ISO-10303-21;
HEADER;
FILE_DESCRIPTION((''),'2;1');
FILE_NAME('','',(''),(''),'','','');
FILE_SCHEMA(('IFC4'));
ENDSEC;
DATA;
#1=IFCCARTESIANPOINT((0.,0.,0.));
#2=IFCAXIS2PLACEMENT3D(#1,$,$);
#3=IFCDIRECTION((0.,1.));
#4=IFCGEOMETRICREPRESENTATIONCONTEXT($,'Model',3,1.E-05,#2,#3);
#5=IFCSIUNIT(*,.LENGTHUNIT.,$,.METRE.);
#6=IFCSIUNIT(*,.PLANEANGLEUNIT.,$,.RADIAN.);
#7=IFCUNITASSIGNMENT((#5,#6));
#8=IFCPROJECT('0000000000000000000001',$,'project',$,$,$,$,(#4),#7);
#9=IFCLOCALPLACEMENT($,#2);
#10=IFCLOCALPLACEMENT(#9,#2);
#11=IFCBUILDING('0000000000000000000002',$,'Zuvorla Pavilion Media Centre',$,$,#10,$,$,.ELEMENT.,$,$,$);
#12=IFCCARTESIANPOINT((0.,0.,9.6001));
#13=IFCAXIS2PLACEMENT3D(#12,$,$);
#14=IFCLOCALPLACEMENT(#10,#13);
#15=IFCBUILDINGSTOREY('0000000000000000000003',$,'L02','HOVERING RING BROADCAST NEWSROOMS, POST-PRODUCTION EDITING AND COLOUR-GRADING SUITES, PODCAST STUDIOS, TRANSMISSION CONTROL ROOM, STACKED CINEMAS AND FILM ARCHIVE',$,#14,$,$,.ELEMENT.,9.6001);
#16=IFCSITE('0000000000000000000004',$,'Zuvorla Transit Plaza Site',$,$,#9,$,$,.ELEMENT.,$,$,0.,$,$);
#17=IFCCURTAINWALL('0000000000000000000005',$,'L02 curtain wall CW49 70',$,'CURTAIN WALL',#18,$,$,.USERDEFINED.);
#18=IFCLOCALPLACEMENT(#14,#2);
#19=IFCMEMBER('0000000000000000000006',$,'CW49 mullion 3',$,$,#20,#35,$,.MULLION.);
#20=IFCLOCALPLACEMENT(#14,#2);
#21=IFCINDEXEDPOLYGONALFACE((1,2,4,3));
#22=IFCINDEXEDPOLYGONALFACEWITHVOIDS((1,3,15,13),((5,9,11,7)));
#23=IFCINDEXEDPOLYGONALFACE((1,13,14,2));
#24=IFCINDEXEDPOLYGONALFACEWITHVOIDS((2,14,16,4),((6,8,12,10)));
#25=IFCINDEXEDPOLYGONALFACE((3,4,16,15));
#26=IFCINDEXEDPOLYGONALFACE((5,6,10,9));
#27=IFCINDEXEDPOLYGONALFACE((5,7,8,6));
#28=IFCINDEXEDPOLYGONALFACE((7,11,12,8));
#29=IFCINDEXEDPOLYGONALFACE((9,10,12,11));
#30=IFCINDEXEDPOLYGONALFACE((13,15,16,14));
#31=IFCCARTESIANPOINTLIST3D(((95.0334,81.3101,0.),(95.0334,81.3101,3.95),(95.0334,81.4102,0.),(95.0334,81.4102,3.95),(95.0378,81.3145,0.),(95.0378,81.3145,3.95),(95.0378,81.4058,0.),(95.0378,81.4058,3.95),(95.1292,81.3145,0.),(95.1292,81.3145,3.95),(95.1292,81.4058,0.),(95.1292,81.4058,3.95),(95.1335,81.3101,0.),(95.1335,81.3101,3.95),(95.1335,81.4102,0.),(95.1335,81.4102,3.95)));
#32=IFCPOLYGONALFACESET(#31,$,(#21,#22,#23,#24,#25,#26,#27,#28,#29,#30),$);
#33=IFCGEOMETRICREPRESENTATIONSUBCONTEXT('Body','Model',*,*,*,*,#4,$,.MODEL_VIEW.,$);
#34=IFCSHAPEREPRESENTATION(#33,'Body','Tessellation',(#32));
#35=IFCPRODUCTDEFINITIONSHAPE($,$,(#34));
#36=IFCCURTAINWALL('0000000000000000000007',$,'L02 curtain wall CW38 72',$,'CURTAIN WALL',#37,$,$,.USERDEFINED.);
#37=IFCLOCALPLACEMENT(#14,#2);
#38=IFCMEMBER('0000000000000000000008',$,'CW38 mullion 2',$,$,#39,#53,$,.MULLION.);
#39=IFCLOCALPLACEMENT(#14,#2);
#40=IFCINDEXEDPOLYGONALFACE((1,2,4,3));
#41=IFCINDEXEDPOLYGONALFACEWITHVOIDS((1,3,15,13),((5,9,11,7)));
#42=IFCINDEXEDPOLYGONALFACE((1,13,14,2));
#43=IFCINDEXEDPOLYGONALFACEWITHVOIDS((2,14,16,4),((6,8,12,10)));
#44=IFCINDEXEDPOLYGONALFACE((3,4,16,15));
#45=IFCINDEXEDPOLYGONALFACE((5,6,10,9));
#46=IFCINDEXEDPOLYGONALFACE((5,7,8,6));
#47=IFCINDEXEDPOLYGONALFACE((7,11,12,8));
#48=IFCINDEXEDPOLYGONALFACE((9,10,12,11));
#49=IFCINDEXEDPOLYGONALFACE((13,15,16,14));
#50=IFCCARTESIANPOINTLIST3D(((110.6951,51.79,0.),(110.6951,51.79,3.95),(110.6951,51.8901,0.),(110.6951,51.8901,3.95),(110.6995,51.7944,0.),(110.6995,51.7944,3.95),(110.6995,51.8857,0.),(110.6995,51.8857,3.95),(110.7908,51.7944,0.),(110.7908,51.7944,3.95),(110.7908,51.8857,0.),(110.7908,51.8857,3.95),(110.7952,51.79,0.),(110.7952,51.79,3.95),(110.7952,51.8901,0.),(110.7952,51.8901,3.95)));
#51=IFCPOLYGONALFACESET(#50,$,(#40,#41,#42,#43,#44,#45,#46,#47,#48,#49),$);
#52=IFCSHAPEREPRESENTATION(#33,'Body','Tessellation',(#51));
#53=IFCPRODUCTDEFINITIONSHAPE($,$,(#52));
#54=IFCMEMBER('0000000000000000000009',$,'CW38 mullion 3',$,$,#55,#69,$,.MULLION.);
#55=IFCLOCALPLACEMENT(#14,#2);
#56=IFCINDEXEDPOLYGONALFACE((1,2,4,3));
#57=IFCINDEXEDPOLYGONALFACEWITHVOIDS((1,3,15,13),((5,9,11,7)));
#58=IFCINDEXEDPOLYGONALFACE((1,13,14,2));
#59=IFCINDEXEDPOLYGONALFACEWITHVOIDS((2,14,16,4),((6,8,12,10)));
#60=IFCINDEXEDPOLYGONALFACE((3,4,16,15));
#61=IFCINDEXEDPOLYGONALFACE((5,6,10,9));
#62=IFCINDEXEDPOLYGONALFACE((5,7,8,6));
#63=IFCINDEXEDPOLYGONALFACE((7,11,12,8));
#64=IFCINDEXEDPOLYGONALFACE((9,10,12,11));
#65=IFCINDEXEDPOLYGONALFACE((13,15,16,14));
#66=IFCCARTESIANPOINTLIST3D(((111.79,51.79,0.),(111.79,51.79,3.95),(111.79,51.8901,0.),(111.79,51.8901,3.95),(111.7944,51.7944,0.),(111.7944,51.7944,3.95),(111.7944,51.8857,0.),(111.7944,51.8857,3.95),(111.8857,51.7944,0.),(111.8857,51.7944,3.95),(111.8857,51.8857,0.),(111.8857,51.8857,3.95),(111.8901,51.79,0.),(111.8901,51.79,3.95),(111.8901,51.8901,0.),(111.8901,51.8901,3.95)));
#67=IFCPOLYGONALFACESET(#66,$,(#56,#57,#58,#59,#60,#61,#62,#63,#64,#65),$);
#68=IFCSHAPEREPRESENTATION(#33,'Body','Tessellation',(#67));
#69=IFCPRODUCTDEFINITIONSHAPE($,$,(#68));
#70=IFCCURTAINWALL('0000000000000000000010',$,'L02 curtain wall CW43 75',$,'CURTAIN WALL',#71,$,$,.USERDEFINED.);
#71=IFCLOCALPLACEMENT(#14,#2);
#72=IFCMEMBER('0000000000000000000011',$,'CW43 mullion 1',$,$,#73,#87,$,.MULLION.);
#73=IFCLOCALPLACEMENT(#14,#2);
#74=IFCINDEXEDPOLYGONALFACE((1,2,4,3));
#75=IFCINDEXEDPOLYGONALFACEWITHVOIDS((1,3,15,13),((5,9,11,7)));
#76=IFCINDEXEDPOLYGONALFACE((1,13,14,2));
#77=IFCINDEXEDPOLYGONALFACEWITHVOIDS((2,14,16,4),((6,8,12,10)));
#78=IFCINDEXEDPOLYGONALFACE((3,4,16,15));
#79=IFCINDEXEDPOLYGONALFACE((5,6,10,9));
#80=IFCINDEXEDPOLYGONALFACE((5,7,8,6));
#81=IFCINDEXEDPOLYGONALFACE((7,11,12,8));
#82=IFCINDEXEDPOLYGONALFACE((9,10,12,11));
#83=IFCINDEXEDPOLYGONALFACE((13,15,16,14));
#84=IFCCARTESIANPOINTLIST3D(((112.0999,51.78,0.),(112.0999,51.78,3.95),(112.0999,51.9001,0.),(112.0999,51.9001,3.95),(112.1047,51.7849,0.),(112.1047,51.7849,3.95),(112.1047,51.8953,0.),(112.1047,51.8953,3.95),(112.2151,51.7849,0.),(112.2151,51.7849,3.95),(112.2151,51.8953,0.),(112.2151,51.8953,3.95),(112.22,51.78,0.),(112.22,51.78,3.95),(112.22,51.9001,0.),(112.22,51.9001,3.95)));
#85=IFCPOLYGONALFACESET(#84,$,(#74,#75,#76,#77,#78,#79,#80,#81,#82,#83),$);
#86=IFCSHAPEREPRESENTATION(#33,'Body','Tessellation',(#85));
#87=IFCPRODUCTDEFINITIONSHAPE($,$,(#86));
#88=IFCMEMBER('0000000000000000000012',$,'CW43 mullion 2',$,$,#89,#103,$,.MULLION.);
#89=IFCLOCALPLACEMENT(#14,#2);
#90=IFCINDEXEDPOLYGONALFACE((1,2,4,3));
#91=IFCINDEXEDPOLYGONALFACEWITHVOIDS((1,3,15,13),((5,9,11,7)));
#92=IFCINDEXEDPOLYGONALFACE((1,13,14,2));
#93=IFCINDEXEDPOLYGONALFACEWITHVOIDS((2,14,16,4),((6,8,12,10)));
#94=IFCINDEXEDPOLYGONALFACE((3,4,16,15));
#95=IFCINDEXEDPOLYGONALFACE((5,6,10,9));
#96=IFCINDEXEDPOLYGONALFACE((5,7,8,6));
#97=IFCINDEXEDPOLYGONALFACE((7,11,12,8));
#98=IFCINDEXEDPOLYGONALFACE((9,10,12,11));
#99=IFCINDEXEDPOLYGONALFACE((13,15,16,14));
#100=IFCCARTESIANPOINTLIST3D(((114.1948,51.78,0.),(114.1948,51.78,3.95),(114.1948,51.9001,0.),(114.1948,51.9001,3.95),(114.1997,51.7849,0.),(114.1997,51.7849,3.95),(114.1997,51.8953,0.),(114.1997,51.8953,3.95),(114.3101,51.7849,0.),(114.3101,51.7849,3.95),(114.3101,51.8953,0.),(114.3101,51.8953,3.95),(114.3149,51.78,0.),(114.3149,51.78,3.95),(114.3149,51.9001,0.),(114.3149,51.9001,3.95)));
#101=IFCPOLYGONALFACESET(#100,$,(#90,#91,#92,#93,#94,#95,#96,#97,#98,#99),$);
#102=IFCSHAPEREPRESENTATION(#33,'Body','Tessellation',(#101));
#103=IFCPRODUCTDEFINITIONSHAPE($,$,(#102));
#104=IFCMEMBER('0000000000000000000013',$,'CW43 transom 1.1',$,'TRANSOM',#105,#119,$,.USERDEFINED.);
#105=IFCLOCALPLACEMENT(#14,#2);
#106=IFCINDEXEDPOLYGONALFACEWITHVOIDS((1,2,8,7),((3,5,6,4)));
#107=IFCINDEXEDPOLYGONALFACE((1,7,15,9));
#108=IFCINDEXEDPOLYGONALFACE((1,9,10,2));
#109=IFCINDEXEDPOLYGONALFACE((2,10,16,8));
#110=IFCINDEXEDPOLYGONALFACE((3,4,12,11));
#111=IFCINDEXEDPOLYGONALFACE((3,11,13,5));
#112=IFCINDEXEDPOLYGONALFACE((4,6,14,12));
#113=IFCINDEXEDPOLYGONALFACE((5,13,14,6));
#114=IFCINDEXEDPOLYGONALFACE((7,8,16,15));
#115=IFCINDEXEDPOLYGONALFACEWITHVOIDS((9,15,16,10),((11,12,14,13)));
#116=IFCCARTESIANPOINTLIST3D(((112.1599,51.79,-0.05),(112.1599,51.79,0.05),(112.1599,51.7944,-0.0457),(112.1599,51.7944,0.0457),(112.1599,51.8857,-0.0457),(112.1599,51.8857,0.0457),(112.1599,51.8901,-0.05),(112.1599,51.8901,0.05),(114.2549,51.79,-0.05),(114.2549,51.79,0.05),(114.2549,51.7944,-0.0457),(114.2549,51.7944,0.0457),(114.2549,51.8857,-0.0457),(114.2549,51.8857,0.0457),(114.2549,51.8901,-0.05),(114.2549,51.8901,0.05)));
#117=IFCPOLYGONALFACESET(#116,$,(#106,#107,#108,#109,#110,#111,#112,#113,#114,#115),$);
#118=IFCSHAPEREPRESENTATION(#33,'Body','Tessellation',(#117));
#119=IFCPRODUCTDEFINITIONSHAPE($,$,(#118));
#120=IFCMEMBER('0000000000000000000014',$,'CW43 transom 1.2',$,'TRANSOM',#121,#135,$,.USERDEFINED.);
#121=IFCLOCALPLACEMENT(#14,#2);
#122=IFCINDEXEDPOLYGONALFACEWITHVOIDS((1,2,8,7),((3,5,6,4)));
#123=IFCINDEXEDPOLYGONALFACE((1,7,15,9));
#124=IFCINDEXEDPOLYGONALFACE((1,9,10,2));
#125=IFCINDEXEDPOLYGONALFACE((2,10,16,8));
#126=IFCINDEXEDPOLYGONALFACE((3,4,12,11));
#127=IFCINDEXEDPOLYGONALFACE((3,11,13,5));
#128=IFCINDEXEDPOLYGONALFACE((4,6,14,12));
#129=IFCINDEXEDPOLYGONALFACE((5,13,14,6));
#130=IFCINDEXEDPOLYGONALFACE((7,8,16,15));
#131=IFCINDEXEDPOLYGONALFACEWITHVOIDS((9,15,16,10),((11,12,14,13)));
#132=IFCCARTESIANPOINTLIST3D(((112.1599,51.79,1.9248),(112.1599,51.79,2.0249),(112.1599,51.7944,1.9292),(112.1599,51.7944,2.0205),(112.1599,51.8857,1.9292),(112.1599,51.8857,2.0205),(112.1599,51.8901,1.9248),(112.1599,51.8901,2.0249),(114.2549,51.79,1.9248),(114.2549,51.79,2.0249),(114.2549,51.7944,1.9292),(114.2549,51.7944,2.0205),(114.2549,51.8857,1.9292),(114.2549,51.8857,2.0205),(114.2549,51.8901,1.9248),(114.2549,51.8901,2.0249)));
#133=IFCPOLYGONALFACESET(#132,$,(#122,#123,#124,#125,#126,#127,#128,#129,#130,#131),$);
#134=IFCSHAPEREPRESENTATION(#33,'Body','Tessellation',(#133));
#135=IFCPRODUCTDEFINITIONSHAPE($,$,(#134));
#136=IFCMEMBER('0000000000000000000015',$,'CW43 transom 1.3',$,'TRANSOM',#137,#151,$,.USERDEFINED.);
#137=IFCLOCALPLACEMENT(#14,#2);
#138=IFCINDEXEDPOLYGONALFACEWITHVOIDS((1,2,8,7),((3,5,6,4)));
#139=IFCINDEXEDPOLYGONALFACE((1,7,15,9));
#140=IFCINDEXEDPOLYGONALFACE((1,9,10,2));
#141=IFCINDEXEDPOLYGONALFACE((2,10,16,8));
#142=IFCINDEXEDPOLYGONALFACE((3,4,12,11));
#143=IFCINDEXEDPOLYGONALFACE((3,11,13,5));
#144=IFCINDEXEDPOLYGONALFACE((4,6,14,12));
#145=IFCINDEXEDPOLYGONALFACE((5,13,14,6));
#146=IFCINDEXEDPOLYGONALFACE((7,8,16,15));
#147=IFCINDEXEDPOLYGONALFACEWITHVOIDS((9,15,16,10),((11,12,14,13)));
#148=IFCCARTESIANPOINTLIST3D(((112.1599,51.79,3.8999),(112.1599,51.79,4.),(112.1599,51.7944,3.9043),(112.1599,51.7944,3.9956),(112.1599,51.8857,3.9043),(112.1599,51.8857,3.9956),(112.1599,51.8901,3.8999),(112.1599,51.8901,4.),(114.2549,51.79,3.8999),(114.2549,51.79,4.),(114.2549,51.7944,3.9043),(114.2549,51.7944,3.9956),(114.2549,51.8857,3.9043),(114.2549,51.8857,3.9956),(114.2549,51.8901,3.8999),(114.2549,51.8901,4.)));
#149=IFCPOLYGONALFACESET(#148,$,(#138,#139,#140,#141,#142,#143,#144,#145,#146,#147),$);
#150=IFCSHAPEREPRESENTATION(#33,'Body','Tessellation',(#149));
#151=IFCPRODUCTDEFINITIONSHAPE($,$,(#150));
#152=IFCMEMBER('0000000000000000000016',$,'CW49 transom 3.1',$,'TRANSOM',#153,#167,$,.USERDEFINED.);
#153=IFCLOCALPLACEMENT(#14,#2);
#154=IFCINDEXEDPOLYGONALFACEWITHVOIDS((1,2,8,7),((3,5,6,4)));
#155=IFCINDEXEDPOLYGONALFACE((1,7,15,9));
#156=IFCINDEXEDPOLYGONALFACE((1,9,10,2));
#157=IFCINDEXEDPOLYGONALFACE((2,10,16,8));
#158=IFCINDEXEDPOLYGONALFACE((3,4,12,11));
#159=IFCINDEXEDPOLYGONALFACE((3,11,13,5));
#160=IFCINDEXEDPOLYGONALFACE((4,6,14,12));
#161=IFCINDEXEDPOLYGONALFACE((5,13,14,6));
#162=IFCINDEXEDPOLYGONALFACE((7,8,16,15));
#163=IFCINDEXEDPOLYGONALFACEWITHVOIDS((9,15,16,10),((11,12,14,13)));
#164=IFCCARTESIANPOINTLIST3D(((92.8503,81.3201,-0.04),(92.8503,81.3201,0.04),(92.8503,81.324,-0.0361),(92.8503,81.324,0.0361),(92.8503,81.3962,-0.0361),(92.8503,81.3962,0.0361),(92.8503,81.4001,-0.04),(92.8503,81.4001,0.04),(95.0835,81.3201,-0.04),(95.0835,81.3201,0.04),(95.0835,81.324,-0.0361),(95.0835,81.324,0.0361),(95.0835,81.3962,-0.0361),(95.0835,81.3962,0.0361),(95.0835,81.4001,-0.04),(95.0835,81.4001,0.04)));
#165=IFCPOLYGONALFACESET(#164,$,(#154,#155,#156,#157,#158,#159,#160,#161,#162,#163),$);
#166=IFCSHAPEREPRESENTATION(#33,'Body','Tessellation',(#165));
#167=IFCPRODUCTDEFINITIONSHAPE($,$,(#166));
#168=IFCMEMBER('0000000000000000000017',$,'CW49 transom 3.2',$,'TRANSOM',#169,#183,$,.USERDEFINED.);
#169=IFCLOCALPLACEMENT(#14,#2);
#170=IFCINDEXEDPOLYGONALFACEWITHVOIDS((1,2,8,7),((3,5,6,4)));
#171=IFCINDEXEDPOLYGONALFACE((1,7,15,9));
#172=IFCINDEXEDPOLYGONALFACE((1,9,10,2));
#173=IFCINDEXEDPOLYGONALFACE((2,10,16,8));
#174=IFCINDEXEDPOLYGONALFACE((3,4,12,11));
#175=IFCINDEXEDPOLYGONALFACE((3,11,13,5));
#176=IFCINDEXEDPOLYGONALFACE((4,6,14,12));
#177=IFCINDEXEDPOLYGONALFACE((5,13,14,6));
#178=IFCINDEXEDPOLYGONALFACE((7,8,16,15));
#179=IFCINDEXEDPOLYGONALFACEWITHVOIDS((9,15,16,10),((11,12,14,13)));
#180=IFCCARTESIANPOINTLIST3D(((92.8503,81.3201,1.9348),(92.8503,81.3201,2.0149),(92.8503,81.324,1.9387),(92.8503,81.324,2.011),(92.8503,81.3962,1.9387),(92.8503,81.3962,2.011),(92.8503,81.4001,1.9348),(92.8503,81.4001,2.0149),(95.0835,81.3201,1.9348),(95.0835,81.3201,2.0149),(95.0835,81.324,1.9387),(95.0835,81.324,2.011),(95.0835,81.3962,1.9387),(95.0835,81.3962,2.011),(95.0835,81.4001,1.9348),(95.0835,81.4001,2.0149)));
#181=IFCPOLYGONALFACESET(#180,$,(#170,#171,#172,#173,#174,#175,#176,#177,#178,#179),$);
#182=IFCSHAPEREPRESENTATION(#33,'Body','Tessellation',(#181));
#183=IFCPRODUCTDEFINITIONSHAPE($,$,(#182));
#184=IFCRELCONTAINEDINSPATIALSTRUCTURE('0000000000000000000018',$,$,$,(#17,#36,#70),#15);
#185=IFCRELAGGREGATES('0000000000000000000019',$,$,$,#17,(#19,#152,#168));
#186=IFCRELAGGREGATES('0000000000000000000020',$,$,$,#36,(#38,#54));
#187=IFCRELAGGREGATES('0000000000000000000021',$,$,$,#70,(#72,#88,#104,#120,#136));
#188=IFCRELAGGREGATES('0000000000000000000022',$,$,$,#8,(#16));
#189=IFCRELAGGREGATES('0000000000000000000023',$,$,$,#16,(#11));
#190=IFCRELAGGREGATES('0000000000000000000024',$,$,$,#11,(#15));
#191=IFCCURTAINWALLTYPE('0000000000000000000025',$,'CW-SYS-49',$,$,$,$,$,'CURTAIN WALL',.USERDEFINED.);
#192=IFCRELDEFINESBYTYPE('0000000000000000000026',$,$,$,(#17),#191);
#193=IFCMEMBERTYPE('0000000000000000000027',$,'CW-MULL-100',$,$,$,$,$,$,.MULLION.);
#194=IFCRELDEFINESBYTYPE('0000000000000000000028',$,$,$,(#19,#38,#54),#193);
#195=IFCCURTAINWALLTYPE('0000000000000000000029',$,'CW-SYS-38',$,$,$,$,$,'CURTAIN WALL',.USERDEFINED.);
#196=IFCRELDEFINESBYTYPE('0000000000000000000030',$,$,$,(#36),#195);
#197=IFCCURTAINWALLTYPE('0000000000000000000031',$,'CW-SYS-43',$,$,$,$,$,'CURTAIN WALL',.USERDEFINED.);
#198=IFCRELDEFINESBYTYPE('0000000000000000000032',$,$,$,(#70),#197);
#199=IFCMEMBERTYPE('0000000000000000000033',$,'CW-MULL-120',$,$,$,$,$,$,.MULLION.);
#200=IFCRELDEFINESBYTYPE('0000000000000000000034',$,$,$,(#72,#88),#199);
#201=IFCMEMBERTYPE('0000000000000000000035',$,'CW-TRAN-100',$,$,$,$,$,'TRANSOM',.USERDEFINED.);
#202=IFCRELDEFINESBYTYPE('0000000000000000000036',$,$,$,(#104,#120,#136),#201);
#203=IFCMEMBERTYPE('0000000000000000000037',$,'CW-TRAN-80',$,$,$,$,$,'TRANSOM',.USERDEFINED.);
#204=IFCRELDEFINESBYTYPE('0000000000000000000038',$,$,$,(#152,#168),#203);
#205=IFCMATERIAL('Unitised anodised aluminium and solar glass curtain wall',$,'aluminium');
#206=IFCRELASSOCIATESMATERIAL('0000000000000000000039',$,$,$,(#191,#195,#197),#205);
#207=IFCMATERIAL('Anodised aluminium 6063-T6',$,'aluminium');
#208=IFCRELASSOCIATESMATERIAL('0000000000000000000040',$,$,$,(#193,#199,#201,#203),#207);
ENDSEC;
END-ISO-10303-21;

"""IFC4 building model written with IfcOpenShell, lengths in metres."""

from ifc_helpers import new_model, si_unit, direction, frame, origin, origin_2d, place, context, subcontext, project, spatial, hollow_rectangle, extrude, material, material_profile, profile_set, type_object, element, aggregate, save


model = new_model("IFC4")

# Units and contexts
model_context = context("Model", 3, precision=1e-05, world=origin(), true_north=direction((0.0, 1.0)))
body_context = subcontext(model_context, "Body", "Model", "MODEL_VIEW")
ifc_project = project(units=[si_unit("LENGTHUNIT", "METRE"), si_unit("PLANEANGLEUNIT", "RADIAN")], contexts=[model_context])

# Site, building, storey
site_placement = place(None, origin())
site = spatial("IfcSite", under=ifc_project, at=site_placement, Name="Zuvorla Transit Plaza Site", CompositionType="ELEMENT", RefElevation=0.0)
building_placement = place(site_placement, origin())
building = spatial("IfcBuilding", under=site, at=building_placement, Name="Zuvorla Pavilion Media Centre", CompositionType="ELEMENT")
storey_placement = place(building_placement, frame((0.0, 0.0, 9.6001)))
storey = spatial("IfcBuildingStorey", under=building, at=storey_placement, Name="L02", Description="HOVERING RING BROADCAST NEWSROOMS, POST-PRODUCTION EDITING AND COLOUR-GRADING SUITES, PODCAST STUDIOS, TRANSMISSION CONTROL ROOM, STACKED CINEMAS AND FILM ARCHIVE", CompositionType="ELEMENT", Elevation=9.6001)

# Curtain wall, member
ifc_material_1 = material(Name="Unitised anodised aluminium and solar glass curtain wall", Category="aluminium")
curtain_wall_type_1 = type_object("IfcCurtainWallType", Name="CW-SYS-49", ElementType="CURTAIN WALL", PredefinedType="USERDEFINED", material=ifc_material_1)
curtain_wall_1_placement = place(storey_placement, origin())
curtain_wall_1 = element("IfcCurtainWall", 1, at=curtain_wall_1_placement, inside=storey, type_object=curtain_wall_type_1, Name="L02 curtain wall CW49 70", ObjectType="CURTAIN WALL", PredefinedType="USERDEFINED")
ifc_material_2 = material(Name="Anodised aluminium 6063-T6", Category="aluminium")
ifc_material_profile_1 = material_profile(ifc_material_2, hollow_rectangle(XDim=0.1001, YDim=0.1001, WallThickness=0.0044, at=origin_2d()), Name="ALU MULL 100x100")
ifc_profile_set_1 = profile_set([ifc_material_profile_1], Name="Anodised aluminium 6063-T6")
member_type_1 = type_object("IfcMemberType", Name="CW-MULL-100", PredefinedType="MULLION", material=ifc_profile_set_1)
member_1_placement = place(storey_placement, frame((95.0835, 81.3601, 0.0), z_axis=(0.0, 0.0, 1.0), x_axis=(1.0, 0.0, 0.0)))
member_1 = element("IfcMember", 2, at=member_1_placement, type_object=member_type_1, Name="CW49 mullion 3", PredefinedType="MULLION", context=body_context, shape_type="SweptSolid", body=[
    extrude(hollow_rectangle(XDim=0.1001, YDim=0.1001, WallThickness=0.0044, at=origin_2d()), origin(), (0.0, 0.0, 1.0), 3.95),
])

# Curtain walls, members
curtain_wall_type_2 = type_object("IfcCurtainWallType", Name="CW-SYS-38", ElementType="CURTAIN WALL", PredefinedType="USERDEFINED", material=ifc_material_1)
curtain_wall_2_placement = place(storey_placement, origin())
curtain_wall_2 = element("IfcCurtainWall", 3, at=curtain_wall_2_placement, inside=storey, type_object=curtain_wall_type_2, Name="L02 curtain wall CW38 72", ObjectType="CURTAIN WALL", PredefinedType="USERDEFINED")
member_2_placement = place(storey_placement, frame((110.7451, 51.8401, 0.0), z_axis=(0.0, 0.0, 1.0), x_axis=(1.0, 0.0, 0.0)))
member_2 = element("IfcMember", 4, at=member_2_placement, type_object=member_type_1, Name="CW38 mullion 2", PredefinedType="MULLION", context=body_context, shape_type="SweptSolid", body=[
    extrude(hollow_rectangle(XDim=0.1001, YDim=0.1001, WallThickness=0.0044, at=origin_2d()), origin(), (0.0, 0.0, 1.0), 3.95),
])
member_3_placement = place(storey_placement, frame((111.8401, 51.8401, 0.0), z_axis=(0.0, 0.0, 1.0), x_axis=(1.0, 0.0, 0.0)))
member_3 = element("IfcMember", 5, at=member_3_placement, type_object=member_type_1, Name="CW38 mullion 3", PredefinedType="MULLION", context=body_context, shape_type="SweptSolid", body=[
    extrude(hollow_rectangle(XDim=0.1001, YDim=0.1001, WallThickness=0.0044, at=origin_2d()), origin(), (0.0, 0.0, 1.0), 3.95),
])
curtain_wall_type_3 = type_object("IfcCurtainWallType", Name="CW-SYS-43", ElementType="CURTAIN WALL", PredefinedType="USERDEFINED", material=ifc_material_1)
curtain_wall_3_placement = place(storey_placement, origin())
curtain_wall_3 = element("IfcCurtainWall", 6, at=curtain_wall_3_placement, inside=storey, type_object=curtain_wall_type_3, Name="L02 curtain wall CW43 75", ObjectType="CURTAIN WALL", PredefinedType="USERDEFINED")
ifc_material_profile_2 = material_profile(ifc_material_2, hollow_rectangle(XDim=0.1201, YDim=0.1201, WallThickness=0.0049, at=origin_2d()), Name="ALU MULL 120x120")
ifc_profile_set_2 = profile_set([ifc_material_profile_2], Name="Anodised aluminium 6063-T6")
member_type_2 = type_object("IfcMemberType", Name="CW-MULL-120", PredefinedType="MULLION", material=ifc_profile_set_2)
member_4_placement = place(storey_placement, frame((112.1599, 51.8401, 0.0), z_axis=(0.0, 0.0, 1.0), x_axis=(1.0, 0.0, 0.0)))
member_4 = element("IfcMember", 7, at=member_4_placement, type_object=member_type_2, Name="CW43 mullion 1", PredefinedType="MULLION", context=body_context, shape_type="SweptSolid", body=[
    extrude(hollow_rectangle(XDim=0.1201, YDim=0.1201, WallThickness=0.0049, at=origin_2d()), origin(), (0.0, 0.0, 1.0), 3.95),
])
member_5_placement = place(storey_placement, frame((114.2549, 51.8401, 0.0), z_axis=(0.0, 0.0, 1.0), x_axis=(1.0, 0.0, 0.0)))
member_5 = element("IfcMember", 8, at=member_5_placement, type_object=member_type_2, Name="CW43 mullion 2", PredefinedType="MULLION", context=body_context, shape_type="SweptSolid", body=[
    extrude(hollow_rectangle(XDim=0.1201, YDim=0.1201, WallThickness=0.0049, at=origin_2d()), origin(), (0.0, 0.0, 1.0), 3.95),
])
ifc_material_profile_3 = material_profile(ifc_material_2, hollow_rectangle(XDim=0.1001, YDim=0.1001, WallThickness=0.0044, at=origin_2d()), Name="ALU TRAN 100x100")
ifc_profile_set_3 = profile_set([ifc_material_profile_3], Name="Anodised aluminium 6063-T6")
member_type_3 = type_object("IfcMemberType", Name="CW-TRAN-100", ElementType="TRANSOM", PredefinedType="USERDEFINED", material=ifc_profile_set_3)
member_6_placement = place(storey_placement, frame((112.1599, 51.8401, 0.0), z_axis=(1.0, 0.0, 0.0), x_axis=(0.0, 1.0, 0.0)))
member_6 = element("IfcMember", 9, at=member_6_placement, type_object=member_type_3, Name="CW43 transom 1.1", ObjectType="TRANSOM", PredefinedType="USERDEFINED", context=body_context, shape_type="SweptSolid", body=[
    extrude(hollow_rectangle(XDim=0.1001, YDim=0.1001, WallThickness=0.0044, at=origin_2d()), origin(), (0.0, 0.0, 1.0), 2.095),
])
member_7_placement = place(storey_placement, frame((112.1599, 51.8401, 1.9749), z_axis=(1.0, 0.0, 0.0), x_axis=(0.0, 1.0, 0.0)))
member_7 = element("IfcMember", 10, at=member_7_placement, type_object=member_type_3, Name="CW43 transom 1.2", ObjectType="TRANSOM", PredefinedType="USERDEFINED", context=body_context, shape_type="SweptSolid", body=[
    extrude(hollow_rectangle(XDim=0.1001, YDim=0.1001, WallThickness=0.0044, at=origin_2d()), origin(), (0.0, 0.0, 1.0), 2.095),
])
member_8_placement = place(storey_placement, frame((112.1599, 51.8401, 3.95), z_axis=(1.0, 0.0, 0.0), x_axis=(0.0, 1.0, 0.0)))
member_8 = element("IfcMember", 11, at=member_8_placement, type_object=member_type_3, Name="CW43 transom 1.3", ObjectType="TRANSOM", PredefinedType="USERDEFINED", context=body_context, shape_type="SweptSolid", body=[
    extrude(hollow_rectangle(XDim=0.1001, YDim=0.1001, WallThickness=0.0044, at=origin_2d()), origin(), (0.0, 0.0, 1.0), 2.095),
])

# Members
ifc_material_profile_4 = material_profile(ifc_material_2, hollow_rectangle(XDim=0.0801, YDim=0.0801, WallThickness=0.0039, at=origin_2d()), Name="ALU TRAN 80x80")
ifc_profile_set_4 = profile_set([ifc_material_profile_4], Name="Anodised aluminium 6063-T6")
member_type_4 = type_object("IfcMemberType", Name="CW-TRAN-80", ElementType="TRANSOM", PredefinedType="USERDEFINED", material=ifc_profile_set_4)
member_9_placement = place(storey_placement, frame((95.0835, 81.3601, 0.0), z_axis=(-1.0, 0.0, 0.0), x_axis=(0.0, -1.0, 0.0)))
member_9 = element("IfcMember", 12, at=member_9_placement, type_object=member_type_4, Name="CW49 transom 3.1", ObjectType="TRANSOM", PredefinedType="USERDEFINED", context=body_context, shape_type="SweptSolid", body=[
    extrude(hollow_rectangle(XDim=0.0801, YDim=0.0801, WallThickness=0.0039, at=origin_2d()), origin(), (0.0, 0.0, 1.0), 2.2332),
])
member_10_placement = place(storey_placement, frame((95.0835, 81.3601, 1.9749), z_axis=(-1.0, 0.0, 0.0), x_axis=(0.0, -1.0, 0.0)))
member_10 = element("IfcMember", 13, at=member_10_placement, type_object=member_type_4, Name="CW49 transom 3.2", ObjectType="TRANSOM", PredefinedType="USERDEFINED", context=body_context, shape_type="SweptSolid", body=[
    extrude(hollow_rectangle(XDim=0.0801, YDim=0.0801, WallThickness=0.0039, at=origin_2d()), origin(), (0.0, 0.0, 1.0), 2.2332),
])

aggregate(curtain_wall_1, [member_1, member_9, member_10])
aggregate(curtain_wall_2, [member_2, member_3])
aggregate(curtain_wall_3, [member_4, member_5, member_6, member_7, member_8])

save(model, "model.ifc")
